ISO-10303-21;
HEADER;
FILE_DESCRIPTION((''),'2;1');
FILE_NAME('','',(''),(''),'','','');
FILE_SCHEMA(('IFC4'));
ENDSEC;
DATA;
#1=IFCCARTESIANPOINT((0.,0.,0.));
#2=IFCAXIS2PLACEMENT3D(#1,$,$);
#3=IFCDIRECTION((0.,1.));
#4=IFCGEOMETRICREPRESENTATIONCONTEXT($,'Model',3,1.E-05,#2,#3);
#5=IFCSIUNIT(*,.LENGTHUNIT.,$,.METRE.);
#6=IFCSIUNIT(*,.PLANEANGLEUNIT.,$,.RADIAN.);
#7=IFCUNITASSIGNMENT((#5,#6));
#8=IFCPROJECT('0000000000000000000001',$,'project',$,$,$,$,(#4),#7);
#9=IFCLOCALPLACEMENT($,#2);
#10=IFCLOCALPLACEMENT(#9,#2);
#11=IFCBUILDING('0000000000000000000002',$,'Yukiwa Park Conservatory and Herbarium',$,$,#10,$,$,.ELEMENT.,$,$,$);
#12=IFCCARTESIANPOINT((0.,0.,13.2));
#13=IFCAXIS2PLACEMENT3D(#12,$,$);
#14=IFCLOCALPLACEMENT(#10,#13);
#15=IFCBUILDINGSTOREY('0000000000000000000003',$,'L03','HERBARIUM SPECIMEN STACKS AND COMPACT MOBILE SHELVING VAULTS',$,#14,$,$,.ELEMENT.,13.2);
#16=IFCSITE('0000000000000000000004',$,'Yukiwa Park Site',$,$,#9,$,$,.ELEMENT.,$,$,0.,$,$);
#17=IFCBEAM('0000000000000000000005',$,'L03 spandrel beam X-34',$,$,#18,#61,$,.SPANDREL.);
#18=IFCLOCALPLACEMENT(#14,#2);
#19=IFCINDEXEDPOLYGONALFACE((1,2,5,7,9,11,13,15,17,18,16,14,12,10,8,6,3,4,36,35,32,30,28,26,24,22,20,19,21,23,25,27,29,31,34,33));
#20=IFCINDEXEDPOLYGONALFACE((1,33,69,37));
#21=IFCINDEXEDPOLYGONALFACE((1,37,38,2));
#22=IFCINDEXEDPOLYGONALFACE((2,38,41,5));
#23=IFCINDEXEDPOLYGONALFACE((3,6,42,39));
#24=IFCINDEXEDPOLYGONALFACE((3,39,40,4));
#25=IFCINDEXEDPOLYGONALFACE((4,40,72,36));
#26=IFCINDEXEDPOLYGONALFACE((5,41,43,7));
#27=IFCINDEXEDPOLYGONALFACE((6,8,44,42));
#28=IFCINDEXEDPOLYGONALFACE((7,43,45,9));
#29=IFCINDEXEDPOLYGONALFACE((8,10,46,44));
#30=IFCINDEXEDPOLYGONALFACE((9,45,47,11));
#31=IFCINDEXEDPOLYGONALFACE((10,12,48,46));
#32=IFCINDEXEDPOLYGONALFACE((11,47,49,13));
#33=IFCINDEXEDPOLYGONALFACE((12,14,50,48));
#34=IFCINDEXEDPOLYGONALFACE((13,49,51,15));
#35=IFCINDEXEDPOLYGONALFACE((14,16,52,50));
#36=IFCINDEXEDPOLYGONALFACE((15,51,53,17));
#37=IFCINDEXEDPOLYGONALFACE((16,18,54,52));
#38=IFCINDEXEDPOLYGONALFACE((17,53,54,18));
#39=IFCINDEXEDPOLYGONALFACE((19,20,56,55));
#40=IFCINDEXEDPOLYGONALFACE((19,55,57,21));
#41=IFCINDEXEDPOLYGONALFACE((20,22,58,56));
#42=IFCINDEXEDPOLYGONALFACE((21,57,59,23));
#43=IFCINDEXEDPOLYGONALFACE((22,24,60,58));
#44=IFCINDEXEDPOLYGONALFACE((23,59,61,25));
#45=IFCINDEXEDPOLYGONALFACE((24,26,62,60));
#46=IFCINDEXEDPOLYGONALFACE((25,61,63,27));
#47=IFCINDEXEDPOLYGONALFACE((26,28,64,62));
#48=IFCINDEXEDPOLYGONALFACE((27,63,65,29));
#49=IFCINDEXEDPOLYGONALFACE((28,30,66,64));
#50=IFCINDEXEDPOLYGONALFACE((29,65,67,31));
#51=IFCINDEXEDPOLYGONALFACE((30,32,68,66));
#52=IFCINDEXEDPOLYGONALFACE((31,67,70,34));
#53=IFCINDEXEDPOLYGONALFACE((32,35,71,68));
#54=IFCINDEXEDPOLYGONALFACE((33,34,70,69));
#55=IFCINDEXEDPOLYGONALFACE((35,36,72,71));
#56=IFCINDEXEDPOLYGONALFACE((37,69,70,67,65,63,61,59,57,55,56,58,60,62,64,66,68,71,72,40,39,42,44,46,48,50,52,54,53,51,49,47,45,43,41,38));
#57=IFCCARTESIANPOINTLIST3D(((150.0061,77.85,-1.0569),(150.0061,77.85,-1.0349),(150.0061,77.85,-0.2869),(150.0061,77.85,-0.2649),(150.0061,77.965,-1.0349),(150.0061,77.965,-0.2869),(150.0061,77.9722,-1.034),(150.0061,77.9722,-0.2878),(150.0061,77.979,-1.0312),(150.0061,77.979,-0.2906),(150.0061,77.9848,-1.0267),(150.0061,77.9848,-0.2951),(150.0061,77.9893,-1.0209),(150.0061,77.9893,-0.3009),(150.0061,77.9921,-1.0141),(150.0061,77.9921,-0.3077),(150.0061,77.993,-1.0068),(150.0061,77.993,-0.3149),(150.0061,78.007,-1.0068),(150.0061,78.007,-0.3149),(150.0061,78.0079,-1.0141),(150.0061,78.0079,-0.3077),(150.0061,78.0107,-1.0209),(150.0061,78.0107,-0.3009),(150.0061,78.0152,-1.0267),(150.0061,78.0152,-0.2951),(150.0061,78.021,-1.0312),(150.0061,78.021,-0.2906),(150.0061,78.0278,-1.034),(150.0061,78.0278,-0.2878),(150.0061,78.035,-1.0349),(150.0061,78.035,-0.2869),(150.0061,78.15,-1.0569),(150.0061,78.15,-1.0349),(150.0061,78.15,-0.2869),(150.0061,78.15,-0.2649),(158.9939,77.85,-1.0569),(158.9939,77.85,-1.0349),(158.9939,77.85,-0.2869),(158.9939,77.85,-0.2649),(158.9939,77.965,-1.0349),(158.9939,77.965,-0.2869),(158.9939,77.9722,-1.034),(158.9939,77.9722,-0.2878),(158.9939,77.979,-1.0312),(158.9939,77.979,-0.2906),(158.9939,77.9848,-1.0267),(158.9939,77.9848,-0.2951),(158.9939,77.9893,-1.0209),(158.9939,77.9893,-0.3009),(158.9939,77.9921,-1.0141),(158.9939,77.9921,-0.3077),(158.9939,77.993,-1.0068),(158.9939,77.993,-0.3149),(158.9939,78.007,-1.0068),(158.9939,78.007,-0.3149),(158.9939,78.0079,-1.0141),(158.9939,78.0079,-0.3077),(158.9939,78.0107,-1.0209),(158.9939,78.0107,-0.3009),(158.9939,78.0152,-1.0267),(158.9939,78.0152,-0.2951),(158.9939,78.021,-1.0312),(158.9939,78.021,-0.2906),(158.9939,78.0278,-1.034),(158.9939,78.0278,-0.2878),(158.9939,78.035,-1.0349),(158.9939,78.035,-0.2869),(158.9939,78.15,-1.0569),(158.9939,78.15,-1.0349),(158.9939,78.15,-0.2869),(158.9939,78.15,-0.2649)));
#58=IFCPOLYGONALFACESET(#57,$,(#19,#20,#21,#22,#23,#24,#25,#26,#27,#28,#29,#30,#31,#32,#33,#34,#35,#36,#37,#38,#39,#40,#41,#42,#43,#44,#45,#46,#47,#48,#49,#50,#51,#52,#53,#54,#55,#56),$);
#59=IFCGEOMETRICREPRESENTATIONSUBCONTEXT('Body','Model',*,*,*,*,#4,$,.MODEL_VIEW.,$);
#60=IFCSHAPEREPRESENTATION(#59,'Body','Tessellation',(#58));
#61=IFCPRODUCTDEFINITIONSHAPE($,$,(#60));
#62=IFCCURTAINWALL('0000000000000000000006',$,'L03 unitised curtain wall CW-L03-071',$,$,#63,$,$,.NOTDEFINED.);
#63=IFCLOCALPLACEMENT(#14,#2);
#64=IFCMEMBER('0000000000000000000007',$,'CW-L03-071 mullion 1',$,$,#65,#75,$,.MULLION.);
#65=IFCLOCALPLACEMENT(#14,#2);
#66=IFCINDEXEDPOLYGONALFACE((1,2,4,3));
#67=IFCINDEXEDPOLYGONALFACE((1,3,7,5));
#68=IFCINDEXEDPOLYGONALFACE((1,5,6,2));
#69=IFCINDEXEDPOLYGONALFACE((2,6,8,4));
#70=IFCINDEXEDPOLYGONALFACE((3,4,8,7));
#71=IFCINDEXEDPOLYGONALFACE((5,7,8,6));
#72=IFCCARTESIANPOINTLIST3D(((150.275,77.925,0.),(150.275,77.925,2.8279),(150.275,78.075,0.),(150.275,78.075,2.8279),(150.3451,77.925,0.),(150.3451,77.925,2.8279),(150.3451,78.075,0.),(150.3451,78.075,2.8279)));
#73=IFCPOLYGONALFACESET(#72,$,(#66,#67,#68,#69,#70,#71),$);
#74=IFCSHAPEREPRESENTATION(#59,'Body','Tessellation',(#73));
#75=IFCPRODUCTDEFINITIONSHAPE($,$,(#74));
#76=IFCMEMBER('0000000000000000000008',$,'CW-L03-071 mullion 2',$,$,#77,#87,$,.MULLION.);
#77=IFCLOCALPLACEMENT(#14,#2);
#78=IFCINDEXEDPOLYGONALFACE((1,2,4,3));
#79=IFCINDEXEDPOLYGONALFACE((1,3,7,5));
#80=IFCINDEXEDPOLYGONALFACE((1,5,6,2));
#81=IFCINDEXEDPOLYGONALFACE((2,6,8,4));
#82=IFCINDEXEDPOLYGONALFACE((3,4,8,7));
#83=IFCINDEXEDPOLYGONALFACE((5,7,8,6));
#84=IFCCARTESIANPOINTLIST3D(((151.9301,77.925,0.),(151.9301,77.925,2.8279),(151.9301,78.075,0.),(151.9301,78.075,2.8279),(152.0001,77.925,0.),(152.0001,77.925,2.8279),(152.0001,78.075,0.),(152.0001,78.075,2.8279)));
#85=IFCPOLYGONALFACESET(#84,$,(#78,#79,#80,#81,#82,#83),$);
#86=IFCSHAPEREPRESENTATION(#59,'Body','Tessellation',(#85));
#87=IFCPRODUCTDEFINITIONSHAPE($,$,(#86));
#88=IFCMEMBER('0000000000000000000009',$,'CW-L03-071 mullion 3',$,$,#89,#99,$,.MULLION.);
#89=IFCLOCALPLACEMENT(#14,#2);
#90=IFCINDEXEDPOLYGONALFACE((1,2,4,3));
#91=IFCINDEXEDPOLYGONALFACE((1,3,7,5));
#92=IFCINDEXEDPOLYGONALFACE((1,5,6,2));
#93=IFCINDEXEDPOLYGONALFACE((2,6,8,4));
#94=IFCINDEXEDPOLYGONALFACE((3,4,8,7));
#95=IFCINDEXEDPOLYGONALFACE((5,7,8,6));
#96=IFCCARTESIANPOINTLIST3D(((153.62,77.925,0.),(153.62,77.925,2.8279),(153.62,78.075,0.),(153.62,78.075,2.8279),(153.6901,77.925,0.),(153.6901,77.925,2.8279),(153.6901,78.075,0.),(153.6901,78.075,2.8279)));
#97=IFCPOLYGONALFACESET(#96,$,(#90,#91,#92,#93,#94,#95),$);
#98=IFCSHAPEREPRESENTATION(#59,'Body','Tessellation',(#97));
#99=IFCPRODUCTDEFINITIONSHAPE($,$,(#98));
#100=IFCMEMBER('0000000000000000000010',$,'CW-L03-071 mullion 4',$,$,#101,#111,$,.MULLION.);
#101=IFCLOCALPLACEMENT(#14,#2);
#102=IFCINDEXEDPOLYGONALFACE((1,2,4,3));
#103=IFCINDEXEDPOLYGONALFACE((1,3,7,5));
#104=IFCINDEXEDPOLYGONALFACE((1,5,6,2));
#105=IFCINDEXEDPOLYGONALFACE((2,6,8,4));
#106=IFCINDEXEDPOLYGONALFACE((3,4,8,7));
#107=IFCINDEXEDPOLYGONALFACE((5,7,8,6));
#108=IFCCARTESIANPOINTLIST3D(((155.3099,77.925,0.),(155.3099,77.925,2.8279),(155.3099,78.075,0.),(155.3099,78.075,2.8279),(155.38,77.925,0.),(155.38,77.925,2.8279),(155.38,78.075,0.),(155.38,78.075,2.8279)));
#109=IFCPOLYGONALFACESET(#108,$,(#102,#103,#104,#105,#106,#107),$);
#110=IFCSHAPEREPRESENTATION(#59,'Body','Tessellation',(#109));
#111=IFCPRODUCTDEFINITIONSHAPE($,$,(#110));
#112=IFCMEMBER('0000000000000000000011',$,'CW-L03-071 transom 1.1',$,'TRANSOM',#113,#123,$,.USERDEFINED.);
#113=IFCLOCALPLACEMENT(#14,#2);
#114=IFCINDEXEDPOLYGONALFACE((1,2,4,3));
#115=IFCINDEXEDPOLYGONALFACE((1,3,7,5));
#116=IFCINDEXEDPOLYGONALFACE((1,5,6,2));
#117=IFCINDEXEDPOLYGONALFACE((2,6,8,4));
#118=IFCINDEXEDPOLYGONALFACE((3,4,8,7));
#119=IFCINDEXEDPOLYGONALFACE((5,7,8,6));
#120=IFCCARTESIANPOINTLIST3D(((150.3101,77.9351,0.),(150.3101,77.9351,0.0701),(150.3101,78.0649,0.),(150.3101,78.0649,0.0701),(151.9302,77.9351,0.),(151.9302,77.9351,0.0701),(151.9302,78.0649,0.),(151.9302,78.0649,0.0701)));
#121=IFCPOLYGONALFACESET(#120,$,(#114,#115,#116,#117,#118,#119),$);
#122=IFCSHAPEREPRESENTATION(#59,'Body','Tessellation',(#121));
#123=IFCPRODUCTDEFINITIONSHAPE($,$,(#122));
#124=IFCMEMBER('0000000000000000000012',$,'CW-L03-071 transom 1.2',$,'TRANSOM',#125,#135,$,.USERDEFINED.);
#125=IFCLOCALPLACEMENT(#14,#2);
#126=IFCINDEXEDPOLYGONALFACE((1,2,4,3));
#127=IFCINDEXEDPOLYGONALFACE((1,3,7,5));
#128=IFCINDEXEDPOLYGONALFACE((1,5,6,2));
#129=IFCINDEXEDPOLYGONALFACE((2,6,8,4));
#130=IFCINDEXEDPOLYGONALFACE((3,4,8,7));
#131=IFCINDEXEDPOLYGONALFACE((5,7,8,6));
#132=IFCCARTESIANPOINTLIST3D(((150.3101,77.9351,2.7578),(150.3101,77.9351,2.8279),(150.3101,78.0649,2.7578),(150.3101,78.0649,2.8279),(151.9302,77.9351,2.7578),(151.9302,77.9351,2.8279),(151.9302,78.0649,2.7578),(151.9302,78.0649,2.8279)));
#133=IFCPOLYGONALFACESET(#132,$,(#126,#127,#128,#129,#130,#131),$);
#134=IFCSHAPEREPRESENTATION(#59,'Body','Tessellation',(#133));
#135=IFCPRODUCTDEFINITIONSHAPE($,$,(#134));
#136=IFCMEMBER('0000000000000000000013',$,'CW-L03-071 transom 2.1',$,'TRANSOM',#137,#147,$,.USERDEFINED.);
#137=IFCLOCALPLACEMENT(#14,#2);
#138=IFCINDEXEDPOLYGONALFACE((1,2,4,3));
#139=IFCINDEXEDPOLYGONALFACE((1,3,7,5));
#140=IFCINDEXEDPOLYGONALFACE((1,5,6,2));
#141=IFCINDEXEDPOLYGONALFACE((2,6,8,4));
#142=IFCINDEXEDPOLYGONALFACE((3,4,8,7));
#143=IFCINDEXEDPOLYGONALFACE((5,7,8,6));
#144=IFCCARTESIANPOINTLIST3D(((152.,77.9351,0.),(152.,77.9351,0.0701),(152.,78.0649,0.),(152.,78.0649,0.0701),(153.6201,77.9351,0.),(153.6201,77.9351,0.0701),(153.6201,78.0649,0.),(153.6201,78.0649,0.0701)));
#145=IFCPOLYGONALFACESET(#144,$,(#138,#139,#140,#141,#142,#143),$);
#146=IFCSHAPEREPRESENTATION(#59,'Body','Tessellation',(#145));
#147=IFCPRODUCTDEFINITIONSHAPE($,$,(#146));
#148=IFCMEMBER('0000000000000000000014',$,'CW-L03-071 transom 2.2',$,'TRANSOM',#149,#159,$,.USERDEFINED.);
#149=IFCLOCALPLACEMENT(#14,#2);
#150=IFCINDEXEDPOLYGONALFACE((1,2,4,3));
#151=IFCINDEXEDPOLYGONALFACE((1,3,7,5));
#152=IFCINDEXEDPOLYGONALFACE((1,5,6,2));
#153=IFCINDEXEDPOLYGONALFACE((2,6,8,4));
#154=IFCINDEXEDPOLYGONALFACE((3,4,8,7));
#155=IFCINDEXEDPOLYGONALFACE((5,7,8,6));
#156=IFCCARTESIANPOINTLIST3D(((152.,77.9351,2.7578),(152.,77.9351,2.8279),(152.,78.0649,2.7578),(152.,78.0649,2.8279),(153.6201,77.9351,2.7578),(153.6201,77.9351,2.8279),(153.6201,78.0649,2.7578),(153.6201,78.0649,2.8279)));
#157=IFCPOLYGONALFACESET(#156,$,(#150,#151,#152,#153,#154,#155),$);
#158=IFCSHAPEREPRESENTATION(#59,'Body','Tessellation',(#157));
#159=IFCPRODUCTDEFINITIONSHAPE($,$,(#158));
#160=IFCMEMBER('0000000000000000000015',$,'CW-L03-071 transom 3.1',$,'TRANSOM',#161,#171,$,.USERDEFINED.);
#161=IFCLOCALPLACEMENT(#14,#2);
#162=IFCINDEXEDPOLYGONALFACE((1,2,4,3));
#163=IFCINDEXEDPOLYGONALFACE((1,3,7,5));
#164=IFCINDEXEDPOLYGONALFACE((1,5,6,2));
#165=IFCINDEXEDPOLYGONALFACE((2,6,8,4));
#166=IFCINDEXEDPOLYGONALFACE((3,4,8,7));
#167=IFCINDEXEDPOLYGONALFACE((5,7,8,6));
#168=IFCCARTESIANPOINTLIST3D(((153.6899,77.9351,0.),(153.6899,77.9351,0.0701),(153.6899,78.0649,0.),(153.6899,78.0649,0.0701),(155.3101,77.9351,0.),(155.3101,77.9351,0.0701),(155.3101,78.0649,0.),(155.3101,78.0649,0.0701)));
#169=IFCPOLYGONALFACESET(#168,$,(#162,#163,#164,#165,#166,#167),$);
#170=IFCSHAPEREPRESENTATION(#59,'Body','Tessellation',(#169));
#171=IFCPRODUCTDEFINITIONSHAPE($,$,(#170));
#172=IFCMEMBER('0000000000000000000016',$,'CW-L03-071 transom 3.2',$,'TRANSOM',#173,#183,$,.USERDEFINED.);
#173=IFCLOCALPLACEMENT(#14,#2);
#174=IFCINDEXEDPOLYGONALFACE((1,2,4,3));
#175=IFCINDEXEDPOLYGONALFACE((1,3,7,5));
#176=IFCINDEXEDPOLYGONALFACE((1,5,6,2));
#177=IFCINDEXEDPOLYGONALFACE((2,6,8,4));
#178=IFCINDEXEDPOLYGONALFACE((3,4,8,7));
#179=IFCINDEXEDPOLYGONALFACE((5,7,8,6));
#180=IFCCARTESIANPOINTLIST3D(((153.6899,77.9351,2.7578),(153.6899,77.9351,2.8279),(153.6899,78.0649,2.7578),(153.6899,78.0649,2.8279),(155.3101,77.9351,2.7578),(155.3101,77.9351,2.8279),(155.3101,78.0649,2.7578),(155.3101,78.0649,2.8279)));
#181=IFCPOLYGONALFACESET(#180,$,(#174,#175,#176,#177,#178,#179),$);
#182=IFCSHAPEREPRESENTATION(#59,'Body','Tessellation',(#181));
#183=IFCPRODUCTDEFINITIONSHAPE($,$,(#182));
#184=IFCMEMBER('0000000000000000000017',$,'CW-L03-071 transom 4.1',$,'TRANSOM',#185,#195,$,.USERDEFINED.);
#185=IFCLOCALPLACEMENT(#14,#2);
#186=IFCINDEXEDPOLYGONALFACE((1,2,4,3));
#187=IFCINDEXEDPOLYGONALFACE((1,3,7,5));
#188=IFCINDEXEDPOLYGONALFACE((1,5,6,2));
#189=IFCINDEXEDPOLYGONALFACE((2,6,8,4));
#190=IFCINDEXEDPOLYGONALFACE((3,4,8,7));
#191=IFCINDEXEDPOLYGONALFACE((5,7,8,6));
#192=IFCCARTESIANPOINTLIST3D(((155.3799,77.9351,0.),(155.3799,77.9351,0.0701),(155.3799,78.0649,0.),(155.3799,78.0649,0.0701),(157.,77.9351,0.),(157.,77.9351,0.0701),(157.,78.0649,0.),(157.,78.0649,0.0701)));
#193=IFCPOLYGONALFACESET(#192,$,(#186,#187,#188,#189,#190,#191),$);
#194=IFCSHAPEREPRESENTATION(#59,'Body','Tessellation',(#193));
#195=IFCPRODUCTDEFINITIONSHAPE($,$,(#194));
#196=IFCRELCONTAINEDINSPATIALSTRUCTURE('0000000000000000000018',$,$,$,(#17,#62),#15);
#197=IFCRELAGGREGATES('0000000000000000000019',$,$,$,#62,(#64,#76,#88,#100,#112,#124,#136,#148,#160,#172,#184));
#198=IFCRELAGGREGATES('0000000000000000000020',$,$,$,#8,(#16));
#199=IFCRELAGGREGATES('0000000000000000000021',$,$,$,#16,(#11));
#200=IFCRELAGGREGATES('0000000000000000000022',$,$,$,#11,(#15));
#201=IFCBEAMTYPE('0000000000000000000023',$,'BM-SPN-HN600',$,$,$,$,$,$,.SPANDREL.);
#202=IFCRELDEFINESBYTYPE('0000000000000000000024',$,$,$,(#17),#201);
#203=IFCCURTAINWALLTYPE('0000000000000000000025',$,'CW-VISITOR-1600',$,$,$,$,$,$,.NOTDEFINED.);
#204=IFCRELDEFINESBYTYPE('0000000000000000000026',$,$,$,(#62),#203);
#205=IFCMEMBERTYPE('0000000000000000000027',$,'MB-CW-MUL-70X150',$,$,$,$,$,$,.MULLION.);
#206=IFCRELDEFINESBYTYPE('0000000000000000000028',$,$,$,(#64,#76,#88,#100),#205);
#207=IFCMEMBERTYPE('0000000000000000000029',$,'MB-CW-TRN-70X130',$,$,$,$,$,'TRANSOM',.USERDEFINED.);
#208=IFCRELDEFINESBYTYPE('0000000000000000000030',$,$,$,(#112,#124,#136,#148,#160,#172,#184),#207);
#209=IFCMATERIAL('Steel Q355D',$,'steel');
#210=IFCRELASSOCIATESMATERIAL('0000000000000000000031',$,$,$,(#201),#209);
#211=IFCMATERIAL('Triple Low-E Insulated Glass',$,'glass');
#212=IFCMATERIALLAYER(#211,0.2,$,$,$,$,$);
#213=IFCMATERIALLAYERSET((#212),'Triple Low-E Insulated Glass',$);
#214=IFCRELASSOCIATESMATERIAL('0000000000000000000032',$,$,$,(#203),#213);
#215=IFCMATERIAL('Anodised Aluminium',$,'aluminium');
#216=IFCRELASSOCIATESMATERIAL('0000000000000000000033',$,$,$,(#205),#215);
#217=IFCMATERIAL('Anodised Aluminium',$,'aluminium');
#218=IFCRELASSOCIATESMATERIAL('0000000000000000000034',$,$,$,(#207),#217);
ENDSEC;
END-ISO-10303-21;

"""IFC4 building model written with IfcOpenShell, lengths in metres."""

from ifc_helpers import new_model, si_unit, direction, frame, origin, origin_2d, place, context, subcontext, project, spatial, rectangle, i_section, extrude, material, layer, layer_set, material_profile, profile_set, type_object, element, aggregate, save


model = new_model("IFC4")

# Units and contexts
model_context = context("Model", 3, precision=1e-05, world=origin(), true_north=direction((0.0, 1.0)))
body_context = subcontext(model_context, "Body", "Model", "MODEL_VIEW")
ifc_project = project(units=[si_unit("LENGTHUNIT", "METRE"), si_unit("PLANEANGLEUNIT", "RADIAN")], contexts=[model_context])

# Site, building, storey
site_placement = place(None, origin())
site = spatial("IfcSite", under=ifc_project, at=site_placement, Name="Yukiwa Park Site", CompositionType="ELEMENT", RefElevation=0.0)
building_placement = place(site_placement, origin())
building = spatial("IfcBuilding", under=site, at=building_placement, Name="Yukiwa Park Conservatory and Herbarium", CompositionType="ELEMENT")
storey_placement = place(building_placement, frame((0.0, 0.0, 13.2)))
storey = spatial("IfcBuildingStorey", under=building, at=storey_placement, Name="L03", Description="HERBARIUM SPECIMEN STACKS AND COMPACT MOBILE SHELVING VAULTS", CompositionType="ELEMENT", Elevation=13.2)

# Beam
ifc_material_1 = material(Name="Steel Q355D", Category="steel")
ifc_material_profile_1 = material_profile(ifc_material_1, i_section(OverallWidth=0.3, OverallDepth=0.792, WebThickness=0.0139, FlangeThickness=0.022, FilletRadius=0.0281, at=origin_2d()), Name="HN 792x300x14x22")
ifc_profile_set_1 = profile_set([ifc_material_profile_1], Name="Steel Q355D")
beam_type_1 = type_object("IfcBeamType", Name="BM-SPN-HN600", PredefinedType="SPANDREL", material=ifc_profile_set_1)
beam_1_placement = place(storey_placement, frame((150.0061, 78.0, -0.6609), z_axis=(1.0, 0.0, 0.0), x_axis=(0.0, 1.0, 0.0)))
element("IfcBeam", 1, at=beam_1_placement, inside=storey, type_object=beam_type_1, Name="L03 spandrel beam X-34", PredefinedType="SPANDREL", context=body_context, shape_type="SweptSolid", body=[
    extrude(i_section(OverallWidth=0.3, OverallDepth=0.792, WebThickness=0.0139, FlangeThickness=0.022, FilletRadius=0.0281, at=origin_2d()), origin(), (0.0, 0.0, 1.0), 8.9878),
])

# Curtain wall, members
ifc_material_2 = material(Name="Triple Low-E Insulated Glass", Category="glass")
ifc_layer_1 = layer(ifc_material_2, 0.2)
ifc_layer_set_1 = layer_set([ifc_layer_1], Name="Triple Low-E Insulated Glass")
curtain_wall_type = type_object("IfcCurtainWallType", Name="CW-VISITOR-1600", PredefinedType="NOTDEFINED", material=ifc_layer_set_1)
curtain_wall_placement = place(storey_placement, origin())
curtain_wall = element("IfcCurtainWall", 2, at=curtain_wall_placement, inside=storey, type_object=curtain_wall_type, Name="L03 unitised curtain wall CW-L03-071", PredefinedType="NOTDEFINED")
ifc_material_3 = material(Name="Anodised Aluminium", Category="aluminium")
member_type_1 = type_object("IfcMemberType", Name="MB-CW-MUL-70X150", PredefinedType="MULLION", material=ifc_material_3)
member_1_placement = place(storey_placement, frame((150.3101, 78.0, 0.0), z_axis=(0.0, 0.0, 1.0), x_axis=(1.0, 0.0, 0.0)))
member_1 = element("IfcMember", 3, at=member_1_placement, type_object=member_type_1, Name="CW-L03-071 mullion 1", PredefinedType="MULLION", context=body_context, shape_type="SweptSolid", body=[
    extrude(rectangle(XDim=0.0701, YDim=0.1499, at=origin_2d()), origin(), (0.0, 0.0, 1.0), 2.8279),
])
member_2_placement = place(storey_placement, frame((151.9651, 78.0, 0.0), z_axis=(0.0, 0.0, 1.0), x_axis=(1.0, 0.0, 0.0)))
member_2 = element("IfcMember", 4, at=member_2_placement, type_object=member_type_1, Name="CW-L03-071 mullion 2", PredefinedType="MULLION", context=body_context, shape_type="SweptSolid", body=[
    extrude(rectangle(XDim=0.0701, YDim=0.1499, at=origin_2d()), origin(), (0.0, 0.0, 1.0), 2.8279),
])
member_3_placement = place(storey_placement, frame((153.655, 78.0, 0.0), z_axis=(0.0, 0.0, 1.0), x_axis=(1.0, 0.0, 0.0)))
member_3 = element("IfcMember", 5, at=member_3_placement, type_object=member_type_1, Name="CW-L03-071 mullion 3", PredefinedType="MULLION", context=body_context, shape_type="SweptSolid", body=[
    extrude(rectangle(XDim=0.0701, YDim=0.1499, at=origin_2d()), origin(), (0.0, 0.0, 1.0), 2.8279),
])
member_4_placement = place(storey_placement, frame((155.345, 78.0, 0.0), z_axis=(0.0, 0.0, 1.0), x_axis=(1.0, 0.0, 0.0)))
member_4 = element("IfcMember", 6, at=member_4_placement, type_object=member_type_1, Name="CW-L03-071 mullion 4", PredefinedType="MULLION", context=body_context, shape_type="SweptSolid", body=[
    extrude(rectangle(XDim=0.0701, YDim=0.1499, at=origin_2d()), origin(), (0.0, 0.0, 1.0), 2.8279),
])
ifc_material_4 = material(Name="Anodised Aluminium", Category="aluminium")
member_type_2 = type_object("IfcMemberType", Name="MB-CW-TRN-70X130", ElementType="TRANSOM", PredefinedType="USERDEFINED", material=ifc_material_4)
member_5_placement = place(storey_placement, frame((151.1201, 78.0, 0.0), z_axis=(0.0, 0.0, 1.0), x_axis=(1.0, 0.0, 0.0)))
member_5 = element("IfcMember", 7, at=member_5_placement, type_object=member_type_2, Name="CW-L03-071 transom 1.1", ObjectType="TRANSOM", PredefinedType="USERDEFINED", context=body_context, shape_type="SweptSolid", body=[
    extrude(rectangle(XDim=1.6201, YDim=0.1299, at=origin_2d()), origin(), (0.0, 0.0, 1.0), 0.0701),
])
member_6_placement = place(storey_placement, frame((151.1201, 78.0, 2.7578), z_axis=(0.0, 0.0, 1.0), x_axis=(1.0, 0.0, 0.0)))
member_6 = element("IfcMember", 8, at=member_6_placement, type_object=member_type_2, Name="CW-L03-071 transom 1.2", ObjectType="TRANSOM", PredefinedType="USERDEFINED", context=body_context, shape_type="SweptSolid", body=[
    extrude(rectangle(XDim=1.6201, YDim=0.1299, at=origin_2d()), origin(), (0.0, 0.0, 1.0), 0.0701),
])
member_7_placement = place(storey_placement, frame((152.8101, 78.0, 0.0), z_axis=(0.0, 0.0, 1.0), x_axis=(1.0, 0.0, 0.0)))
member_7 = element("IfcMember", 9, at=member_7_placement, type_object=member_type_2, Name="CW-L03-071 transom 2.1", ObjectType="TRANSOM", PredefinedType="USERDEFINED", context=body_context, shape_type="SweptSolid", body=[
    extrude(rectangle(XDim=1.6201, YDim=0.1299, at=origin_2d()), origin(), (0.0, 0.0, 1.0), 0.0701),
])
member_8_placement = place(storey_placement, frame((152.8101, 78.0, 2.7578), z_axis=(0.0, 0.0, 1.0), x_axis=(1.0, 0.0, 0.0)))
member_8 = element("IfcMember", 10, at=member_8_placement, type_object=member_type_2, Name="CW-L03-071 transom 2.2", ObjectType="TRANSOM", PredefinedType="USERDEFINED", context=body_context, shape_type="SweptSolid", body=[
    extrude(rectangle(XDim=1.6201, YDim=0.1299, at=origin_2d()), origin(), (0.0, 0.0, 1.0), 0.0701),
])
member_9_placement = place(storey_placement, frame((154.5, 78.0, 0.0), z_axis=(0.0, 0.0, 1.0), x_axis=(1.0, 0.0, 0.0)))
member_9 = element("IfcMember", 11, at=member_9_placement, type_object=member_type_2, Name="CW-L03-071 transom 3.1", ObjectType="TRANSOM", PredefinedType="USERDEFINED", context=body_context, shape_type="SweptSolid", body=[
    extrude(rectangle(XDim=1.6201, YDim=0.1299, at=origin_2d()), origin(), (0.0, 0.0, 1.0), 0.0701),
])
member_10_placement = place(storey_placement, frame((154.5, 78.0, 2.7578), z_axis=(0.0, 0.0, 1.0), x_axis=(1.0, 0.0, 0.0)))
member_10 = element("IfcMember", 12, at=member_10_placement, type_object=member_type_2, Name="CW-L03-071 transom 3.2", ObjectType="TRANSOM", PredefinedType="USERDEFINED", context=body_context, shape_type="SweptSolid", body=[
    extrude(rectangle(XDim=1.6201, YDim=0.1299, at=origin_2d()), origin(), (0.0, 0.0, 1.0), 0.0701),
])
member_11_placement = place(storey_placement, frame((156.1899, 78.0, 0.0), z_axis=(0.0, 0.0, 1.0), x_axis=(1.0, 0.0, 0.0)))
member_11 = element("IfcMember", 13, at=member_11_placement, type_object=member_type_2, Name="CW-L03-071 transom 4.1", ObjectType="TRANSOM", PredefinedType="USERDEFINED", context=body_context, shape_type="SweptSolid", body=[
    extrude(rectangle(XDim=1.6201, YDim=0.1299, at=origin_2d()), origin(), (0.0, 0.0, 1.0), 0.0701),
])
aggregate(curtain_wall, [member_1, member_2, member_3, member_4, member_5, member_6, member_7, member_8, member_9, member_10, member_11])

save(model, "model.ifc")
